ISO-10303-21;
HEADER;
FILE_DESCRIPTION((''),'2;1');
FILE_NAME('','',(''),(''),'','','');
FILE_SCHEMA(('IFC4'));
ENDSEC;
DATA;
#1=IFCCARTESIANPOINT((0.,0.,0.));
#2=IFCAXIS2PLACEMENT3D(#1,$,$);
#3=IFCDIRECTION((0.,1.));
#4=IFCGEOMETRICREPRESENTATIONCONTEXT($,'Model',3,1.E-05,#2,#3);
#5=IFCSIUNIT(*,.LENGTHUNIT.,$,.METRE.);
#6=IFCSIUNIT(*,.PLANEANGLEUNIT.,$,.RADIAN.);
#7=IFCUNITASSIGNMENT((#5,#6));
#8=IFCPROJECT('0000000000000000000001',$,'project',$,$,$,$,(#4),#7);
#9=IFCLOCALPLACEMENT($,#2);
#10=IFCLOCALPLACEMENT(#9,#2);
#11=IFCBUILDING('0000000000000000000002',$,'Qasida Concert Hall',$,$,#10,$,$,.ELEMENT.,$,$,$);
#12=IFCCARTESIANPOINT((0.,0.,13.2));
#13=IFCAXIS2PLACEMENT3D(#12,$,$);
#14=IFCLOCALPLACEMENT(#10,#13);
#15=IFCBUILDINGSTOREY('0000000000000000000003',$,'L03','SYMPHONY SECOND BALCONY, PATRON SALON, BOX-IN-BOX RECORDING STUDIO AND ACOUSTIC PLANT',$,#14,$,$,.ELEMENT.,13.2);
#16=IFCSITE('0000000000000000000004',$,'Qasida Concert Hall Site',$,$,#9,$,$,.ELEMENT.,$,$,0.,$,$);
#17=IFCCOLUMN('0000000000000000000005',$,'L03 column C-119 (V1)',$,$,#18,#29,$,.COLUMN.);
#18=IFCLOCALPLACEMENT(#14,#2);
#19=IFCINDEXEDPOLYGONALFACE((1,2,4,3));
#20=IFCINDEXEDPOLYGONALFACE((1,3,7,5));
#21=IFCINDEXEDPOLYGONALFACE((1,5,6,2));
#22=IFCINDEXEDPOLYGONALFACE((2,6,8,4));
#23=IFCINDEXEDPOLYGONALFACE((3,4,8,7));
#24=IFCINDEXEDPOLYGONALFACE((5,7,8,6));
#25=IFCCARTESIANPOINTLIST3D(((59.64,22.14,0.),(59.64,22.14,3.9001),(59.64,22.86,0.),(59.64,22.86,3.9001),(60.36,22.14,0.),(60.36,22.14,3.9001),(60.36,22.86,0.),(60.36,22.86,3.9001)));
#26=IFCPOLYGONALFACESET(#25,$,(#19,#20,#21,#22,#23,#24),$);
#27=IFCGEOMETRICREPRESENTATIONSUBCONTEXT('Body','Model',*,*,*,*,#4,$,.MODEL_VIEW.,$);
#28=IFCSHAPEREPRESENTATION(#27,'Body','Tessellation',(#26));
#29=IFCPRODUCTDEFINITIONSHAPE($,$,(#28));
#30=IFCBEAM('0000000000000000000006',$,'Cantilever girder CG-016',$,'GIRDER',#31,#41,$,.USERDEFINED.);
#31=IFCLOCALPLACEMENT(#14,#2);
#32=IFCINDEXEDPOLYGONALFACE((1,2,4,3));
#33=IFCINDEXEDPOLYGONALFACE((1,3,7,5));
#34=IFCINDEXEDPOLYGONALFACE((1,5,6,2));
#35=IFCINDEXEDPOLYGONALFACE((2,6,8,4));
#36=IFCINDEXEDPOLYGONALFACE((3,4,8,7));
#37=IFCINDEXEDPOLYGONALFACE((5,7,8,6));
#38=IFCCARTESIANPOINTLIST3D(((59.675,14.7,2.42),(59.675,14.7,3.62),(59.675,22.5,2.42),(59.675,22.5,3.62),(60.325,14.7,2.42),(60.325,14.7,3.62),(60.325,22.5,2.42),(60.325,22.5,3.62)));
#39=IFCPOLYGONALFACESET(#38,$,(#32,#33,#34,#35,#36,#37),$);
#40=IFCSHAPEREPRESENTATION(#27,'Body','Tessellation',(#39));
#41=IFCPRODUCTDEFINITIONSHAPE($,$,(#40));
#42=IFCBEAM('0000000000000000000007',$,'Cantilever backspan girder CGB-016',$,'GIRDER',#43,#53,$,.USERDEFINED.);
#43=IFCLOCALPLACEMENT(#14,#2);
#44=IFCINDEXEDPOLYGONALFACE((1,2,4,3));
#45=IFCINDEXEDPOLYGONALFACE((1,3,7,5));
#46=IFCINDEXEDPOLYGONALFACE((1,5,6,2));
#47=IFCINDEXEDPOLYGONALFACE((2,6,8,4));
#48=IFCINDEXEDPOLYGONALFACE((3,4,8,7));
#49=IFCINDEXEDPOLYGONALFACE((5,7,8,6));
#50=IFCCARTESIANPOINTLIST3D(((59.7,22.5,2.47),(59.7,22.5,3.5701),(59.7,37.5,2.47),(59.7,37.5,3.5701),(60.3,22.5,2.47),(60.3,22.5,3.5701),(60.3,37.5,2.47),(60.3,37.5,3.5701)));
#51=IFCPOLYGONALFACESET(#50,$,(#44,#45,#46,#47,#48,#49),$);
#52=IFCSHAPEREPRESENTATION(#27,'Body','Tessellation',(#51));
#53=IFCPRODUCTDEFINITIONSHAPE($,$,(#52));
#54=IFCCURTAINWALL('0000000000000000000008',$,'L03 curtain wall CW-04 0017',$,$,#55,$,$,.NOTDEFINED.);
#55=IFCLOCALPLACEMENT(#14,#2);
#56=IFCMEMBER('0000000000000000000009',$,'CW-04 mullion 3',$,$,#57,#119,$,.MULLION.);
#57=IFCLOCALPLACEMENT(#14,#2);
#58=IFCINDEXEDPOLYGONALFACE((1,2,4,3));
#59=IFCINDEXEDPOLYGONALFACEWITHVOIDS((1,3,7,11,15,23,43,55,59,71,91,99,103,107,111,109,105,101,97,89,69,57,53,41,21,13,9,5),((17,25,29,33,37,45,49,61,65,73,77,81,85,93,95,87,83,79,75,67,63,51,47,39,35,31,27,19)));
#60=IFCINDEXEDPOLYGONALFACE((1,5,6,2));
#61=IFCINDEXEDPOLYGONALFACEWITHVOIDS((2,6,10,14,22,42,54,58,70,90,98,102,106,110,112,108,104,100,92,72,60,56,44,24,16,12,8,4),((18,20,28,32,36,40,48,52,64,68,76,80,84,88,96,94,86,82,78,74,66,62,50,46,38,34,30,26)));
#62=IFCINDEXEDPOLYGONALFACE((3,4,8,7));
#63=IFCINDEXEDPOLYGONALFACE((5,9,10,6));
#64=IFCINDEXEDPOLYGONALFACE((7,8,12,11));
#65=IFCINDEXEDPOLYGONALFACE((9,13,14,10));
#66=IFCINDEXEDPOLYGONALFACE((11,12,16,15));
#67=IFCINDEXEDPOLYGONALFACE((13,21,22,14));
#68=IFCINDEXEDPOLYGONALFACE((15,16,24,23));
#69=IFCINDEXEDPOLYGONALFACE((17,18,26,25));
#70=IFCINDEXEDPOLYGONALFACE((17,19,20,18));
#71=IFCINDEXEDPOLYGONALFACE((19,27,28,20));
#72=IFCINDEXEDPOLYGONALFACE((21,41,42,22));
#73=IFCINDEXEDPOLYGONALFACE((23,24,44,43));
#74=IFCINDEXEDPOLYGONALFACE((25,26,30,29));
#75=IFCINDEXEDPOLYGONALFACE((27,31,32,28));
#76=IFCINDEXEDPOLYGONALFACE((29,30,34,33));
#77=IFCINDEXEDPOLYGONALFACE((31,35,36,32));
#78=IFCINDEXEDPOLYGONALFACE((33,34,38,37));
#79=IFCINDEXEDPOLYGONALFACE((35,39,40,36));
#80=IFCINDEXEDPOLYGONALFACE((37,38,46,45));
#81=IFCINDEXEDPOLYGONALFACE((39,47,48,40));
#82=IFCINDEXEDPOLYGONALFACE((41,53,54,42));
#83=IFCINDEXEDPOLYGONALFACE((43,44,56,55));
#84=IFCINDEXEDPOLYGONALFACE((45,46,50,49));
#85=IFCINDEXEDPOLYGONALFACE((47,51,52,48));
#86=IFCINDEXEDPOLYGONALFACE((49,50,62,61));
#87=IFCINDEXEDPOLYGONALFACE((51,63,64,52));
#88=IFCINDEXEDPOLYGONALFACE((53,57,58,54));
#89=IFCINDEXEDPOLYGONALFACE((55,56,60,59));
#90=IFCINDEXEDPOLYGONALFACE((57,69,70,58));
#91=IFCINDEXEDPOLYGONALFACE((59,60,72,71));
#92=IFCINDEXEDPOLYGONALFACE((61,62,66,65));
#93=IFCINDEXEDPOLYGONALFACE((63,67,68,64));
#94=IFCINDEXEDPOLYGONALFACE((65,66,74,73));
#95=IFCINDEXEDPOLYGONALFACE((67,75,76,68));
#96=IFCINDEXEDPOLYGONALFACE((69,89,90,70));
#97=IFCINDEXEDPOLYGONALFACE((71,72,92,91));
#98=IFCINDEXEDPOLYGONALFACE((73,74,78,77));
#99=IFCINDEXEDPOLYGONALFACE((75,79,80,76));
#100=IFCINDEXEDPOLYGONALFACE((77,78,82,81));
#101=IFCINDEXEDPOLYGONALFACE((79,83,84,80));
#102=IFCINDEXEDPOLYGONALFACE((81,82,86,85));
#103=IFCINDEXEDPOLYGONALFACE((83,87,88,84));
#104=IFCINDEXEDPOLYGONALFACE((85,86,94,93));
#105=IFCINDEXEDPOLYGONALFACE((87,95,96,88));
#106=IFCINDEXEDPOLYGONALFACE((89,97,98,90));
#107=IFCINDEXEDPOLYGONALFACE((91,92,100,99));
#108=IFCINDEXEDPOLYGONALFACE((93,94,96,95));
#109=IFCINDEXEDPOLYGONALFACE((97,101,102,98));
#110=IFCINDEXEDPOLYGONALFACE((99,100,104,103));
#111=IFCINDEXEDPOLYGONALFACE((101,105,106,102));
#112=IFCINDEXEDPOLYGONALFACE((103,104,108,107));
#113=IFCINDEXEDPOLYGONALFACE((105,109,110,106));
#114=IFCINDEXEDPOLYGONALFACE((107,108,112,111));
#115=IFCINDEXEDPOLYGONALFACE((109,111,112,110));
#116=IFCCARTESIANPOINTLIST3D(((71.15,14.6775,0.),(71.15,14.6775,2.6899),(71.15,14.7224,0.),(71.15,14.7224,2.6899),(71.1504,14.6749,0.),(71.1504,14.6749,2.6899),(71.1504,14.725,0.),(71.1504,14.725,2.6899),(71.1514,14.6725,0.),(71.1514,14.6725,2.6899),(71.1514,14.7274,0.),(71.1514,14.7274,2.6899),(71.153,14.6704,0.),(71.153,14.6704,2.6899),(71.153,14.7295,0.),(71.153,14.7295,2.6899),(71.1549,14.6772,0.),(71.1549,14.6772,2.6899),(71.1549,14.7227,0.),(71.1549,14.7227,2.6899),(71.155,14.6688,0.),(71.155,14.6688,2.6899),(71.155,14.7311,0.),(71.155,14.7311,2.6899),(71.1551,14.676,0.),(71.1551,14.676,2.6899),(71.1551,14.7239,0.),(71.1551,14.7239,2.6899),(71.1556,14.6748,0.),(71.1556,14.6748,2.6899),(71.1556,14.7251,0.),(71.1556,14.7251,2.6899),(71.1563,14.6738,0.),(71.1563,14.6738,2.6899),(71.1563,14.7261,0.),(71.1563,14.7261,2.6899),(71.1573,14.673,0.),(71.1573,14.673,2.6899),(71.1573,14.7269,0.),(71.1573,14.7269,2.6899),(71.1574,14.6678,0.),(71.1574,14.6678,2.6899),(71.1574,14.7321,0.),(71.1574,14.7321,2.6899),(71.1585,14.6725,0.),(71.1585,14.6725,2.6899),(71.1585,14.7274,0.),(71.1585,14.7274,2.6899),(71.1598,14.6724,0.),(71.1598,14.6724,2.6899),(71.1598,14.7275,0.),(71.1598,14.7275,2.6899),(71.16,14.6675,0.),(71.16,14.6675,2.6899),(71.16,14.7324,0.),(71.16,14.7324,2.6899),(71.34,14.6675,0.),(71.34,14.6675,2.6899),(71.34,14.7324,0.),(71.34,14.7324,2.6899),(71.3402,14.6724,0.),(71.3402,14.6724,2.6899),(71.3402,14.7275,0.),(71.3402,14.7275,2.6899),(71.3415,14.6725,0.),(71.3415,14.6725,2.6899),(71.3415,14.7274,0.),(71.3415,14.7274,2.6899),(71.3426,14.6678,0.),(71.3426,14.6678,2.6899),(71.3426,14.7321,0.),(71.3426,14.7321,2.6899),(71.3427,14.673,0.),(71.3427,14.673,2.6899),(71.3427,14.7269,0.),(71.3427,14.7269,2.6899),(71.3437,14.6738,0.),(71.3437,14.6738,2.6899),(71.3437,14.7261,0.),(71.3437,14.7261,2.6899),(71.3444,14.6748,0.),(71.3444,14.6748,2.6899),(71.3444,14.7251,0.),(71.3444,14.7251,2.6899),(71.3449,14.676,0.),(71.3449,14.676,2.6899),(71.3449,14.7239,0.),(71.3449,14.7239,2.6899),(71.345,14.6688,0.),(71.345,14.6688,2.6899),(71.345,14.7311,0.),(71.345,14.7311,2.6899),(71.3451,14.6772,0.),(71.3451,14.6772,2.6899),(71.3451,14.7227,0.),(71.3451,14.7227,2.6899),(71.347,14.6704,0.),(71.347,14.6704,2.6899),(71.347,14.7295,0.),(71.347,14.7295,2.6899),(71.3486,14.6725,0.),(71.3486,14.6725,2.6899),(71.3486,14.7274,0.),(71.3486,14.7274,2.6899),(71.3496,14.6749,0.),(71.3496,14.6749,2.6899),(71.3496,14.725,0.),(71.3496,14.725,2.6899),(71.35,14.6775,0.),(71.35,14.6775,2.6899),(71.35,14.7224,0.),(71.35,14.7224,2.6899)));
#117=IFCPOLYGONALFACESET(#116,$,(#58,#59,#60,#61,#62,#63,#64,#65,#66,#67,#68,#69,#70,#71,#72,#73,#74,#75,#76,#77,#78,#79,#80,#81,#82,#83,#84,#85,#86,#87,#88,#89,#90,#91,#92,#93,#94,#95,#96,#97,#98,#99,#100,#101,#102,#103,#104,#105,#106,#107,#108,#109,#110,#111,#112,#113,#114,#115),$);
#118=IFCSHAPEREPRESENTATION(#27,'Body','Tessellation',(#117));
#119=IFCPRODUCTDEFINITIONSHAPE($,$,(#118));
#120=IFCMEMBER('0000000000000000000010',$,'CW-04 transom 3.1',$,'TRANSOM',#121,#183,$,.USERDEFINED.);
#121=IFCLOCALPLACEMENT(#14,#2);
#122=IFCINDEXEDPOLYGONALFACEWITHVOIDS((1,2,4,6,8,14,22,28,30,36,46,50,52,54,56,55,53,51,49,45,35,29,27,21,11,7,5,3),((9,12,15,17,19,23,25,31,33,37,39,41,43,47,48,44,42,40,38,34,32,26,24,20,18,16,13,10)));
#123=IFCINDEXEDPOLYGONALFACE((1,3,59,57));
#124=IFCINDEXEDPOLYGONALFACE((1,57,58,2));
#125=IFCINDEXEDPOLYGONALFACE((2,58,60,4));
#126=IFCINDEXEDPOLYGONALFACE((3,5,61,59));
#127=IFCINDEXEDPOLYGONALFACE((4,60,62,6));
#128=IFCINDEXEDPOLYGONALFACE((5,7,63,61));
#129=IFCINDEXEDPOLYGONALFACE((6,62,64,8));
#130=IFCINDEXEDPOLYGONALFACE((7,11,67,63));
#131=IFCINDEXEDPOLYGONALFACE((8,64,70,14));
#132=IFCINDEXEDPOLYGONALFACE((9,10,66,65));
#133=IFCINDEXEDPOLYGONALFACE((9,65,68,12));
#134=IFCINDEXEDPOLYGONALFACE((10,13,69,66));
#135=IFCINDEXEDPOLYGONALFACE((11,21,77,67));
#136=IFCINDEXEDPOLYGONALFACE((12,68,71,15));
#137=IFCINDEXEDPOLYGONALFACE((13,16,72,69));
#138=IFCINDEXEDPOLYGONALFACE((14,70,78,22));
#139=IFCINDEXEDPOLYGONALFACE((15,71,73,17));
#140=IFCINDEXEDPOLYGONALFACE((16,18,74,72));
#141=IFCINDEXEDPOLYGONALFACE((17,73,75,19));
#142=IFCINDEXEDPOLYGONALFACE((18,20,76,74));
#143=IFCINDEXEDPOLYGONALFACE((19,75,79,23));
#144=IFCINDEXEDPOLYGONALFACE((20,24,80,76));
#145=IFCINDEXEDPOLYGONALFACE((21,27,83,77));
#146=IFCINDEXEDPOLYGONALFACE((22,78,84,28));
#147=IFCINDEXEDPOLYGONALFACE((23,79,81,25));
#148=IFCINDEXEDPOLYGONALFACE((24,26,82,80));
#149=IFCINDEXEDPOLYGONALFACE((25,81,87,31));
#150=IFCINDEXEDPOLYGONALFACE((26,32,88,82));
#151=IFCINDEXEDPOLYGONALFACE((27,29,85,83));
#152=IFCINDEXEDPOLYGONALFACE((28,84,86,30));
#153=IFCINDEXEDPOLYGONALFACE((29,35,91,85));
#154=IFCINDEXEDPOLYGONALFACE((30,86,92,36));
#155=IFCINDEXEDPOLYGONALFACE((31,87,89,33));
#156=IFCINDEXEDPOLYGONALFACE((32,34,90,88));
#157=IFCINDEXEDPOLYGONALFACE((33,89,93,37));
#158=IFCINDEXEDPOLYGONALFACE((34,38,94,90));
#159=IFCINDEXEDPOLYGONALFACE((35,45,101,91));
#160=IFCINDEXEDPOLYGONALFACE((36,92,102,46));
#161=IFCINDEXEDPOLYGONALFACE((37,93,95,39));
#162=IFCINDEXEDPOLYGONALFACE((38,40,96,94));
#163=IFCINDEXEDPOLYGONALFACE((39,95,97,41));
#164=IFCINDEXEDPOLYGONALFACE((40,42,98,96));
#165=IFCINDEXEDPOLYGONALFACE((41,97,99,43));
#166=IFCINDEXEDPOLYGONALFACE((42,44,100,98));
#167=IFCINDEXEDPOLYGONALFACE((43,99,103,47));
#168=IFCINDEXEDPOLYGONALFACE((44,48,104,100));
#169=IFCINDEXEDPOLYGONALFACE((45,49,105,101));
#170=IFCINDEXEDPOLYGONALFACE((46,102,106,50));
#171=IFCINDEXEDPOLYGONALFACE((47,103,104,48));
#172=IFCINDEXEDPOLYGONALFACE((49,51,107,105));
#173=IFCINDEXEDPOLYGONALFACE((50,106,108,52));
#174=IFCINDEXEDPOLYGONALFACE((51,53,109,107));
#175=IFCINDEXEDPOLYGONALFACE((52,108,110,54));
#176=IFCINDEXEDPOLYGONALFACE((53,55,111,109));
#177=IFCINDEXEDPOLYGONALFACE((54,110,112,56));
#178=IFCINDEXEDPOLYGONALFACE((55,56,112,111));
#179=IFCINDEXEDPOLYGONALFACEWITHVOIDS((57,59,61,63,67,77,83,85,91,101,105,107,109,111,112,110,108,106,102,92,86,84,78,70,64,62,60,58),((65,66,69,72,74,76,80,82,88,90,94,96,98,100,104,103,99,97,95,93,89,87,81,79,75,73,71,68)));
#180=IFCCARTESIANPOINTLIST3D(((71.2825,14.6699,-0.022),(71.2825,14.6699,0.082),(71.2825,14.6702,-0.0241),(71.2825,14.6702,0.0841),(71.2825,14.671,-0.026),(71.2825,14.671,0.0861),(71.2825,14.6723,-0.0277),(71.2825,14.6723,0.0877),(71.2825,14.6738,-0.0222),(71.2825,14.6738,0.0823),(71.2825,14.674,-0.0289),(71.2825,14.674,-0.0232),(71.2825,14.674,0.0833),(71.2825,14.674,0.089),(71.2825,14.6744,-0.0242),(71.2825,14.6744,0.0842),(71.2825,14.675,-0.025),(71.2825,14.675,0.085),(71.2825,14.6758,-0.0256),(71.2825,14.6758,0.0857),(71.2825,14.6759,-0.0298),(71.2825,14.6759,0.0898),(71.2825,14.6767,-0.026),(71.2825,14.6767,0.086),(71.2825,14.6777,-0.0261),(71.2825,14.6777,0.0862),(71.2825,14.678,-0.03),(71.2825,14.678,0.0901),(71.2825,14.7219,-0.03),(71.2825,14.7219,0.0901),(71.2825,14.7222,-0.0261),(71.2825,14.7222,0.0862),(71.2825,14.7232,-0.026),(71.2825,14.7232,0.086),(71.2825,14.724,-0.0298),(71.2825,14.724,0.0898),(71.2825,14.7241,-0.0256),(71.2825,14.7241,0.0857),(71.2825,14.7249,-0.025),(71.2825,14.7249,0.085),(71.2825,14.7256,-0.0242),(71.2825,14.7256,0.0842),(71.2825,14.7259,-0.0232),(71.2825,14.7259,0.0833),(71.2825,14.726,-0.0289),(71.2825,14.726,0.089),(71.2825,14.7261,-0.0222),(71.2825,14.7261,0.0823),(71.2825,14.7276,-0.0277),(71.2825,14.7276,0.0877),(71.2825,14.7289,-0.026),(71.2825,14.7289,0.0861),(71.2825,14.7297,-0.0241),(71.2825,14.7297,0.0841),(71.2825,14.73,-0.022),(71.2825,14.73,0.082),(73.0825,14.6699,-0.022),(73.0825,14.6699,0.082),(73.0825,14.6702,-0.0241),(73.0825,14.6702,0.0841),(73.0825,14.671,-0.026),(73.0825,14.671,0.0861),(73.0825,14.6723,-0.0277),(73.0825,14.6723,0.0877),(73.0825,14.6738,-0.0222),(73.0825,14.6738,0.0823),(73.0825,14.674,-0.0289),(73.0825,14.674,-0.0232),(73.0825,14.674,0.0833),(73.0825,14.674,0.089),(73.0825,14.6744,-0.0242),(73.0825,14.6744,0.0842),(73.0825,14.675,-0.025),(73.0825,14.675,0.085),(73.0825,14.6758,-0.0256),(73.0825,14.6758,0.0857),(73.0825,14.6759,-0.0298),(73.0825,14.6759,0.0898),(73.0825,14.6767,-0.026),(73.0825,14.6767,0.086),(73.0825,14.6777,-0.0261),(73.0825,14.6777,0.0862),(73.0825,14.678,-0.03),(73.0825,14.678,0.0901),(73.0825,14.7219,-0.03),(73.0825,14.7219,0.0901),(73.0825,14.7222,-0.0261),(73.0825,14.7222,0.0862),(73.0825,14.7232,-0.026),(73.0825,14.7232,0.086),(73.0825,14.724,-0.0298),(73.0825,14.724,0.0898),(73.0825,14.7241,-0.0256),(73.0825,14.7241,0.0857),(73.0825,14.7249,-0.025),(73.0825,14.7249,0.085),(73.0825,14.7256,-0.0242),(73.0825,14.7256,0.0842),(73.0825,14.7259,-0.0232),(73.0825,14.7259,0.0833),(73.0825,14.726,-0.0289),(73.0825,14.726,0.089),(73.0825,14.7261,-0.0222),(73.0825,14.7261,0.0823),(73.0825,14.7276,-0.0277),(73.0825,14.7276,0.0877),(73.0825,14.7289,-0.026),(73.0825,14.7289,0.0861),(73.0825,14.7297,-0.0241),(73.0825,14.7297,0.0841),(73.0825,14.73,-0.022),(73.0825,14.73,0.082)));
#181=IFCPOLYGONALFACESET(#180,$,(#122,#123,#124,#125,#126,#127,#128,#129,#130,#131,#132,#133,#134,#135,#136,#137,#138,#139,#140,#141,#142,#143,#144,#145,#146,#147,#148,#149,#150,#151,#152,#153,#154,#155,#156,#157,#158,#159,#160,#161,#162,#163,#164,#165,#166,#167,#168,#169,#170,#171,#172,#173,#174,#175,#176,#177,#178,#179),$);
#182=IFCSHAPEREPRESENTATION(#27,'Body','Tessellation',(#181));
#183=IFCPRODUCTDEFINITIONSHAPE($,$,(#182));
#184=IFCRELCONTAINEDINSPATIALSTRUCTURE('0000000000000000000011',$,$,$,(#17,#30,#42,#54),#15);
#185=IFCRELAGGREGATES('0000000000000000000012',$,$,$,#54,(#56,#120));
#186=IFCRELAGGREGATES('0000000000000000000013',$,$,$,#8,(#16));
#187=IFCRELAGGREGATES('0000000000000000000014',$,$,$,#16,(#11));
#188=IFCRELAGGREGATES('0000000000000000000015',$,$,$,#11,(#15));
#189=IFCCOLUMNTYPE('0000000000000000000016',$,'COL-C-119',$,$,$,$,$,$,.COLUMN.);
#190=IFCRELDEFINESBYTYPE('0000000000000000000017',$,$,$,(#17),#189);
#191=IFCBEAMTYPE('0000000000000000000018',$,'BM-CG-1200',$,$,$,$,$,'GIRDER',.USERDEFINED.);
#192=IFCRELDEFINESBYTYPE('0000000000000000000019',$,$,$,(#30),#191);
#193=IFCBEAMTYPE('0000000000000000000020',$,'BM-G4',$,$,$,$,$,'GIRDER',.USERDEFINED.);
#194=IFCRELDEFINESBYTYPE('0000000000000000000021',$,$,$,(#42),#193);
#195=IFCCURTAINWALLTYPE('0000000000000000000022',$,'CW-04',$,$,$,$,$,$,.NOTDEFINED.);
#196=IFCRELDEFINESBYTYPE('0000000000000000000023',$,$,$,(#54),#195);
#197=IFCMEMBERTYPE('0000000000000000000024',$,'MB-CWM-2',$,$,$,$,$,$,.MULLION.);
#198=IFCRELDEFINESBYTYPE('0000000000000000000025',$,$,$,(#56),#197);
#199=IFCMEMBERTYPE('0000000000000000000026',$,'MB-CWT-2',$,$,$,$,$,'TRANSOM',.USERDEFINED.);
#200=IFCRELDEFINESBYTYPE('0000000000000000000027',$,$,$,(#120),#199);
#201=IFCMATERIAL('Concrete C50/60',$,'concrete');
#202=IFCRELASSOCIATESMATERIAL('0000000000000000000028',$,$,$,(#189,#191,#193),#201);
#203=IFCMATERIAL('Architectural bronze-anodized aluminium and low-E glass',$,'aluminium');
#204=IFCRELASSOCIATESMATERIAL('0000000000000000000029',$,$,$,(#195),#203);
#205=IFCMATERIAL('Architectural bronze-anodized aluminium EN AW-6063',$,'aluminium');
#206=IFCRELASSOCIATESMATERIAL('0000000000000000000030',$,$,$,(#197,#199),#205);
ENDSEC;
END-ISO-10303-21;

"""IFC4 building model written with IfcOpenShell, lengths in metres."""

from ifc_helpers import new_model, si_unit, direction, frame, origin, origin_2d, place, context, subcontext, project, spatial, rectangle, hollow_rectangle, extrude, material, material_profile, profile_set, type_object, element, aggregate, save


model = new_model("IFC4")

# Units and contexts
model_context = context("Model", 3, precision=1e-05, world=origin(), true_north=direction((0.0, 1.0)))
body_context = subcontext(model_context, "Body", "Model", "MODEL_VIEW")
ifc_project = project(units=[si_unit("LENGTHUNIT", "METRE"), si_unit("PLANEANGLEUNIT", "RADIAN")], contexts=[model_context])

# Site, building, storey
site_placement = place(None, origin())
site = spatial("IfcSite", under=ifc_project, at=site_placement, Name="Qasida Concert Hall Site", CompositionType="ELEMENT", RefElevation=0.0)
building_placement = place(site_placement, origin())
building = spatial("IfcBuilding", under=site, at=building_placement, Name="Qasida Concert Hall", CompositionType="ELEMENT")
storey_placement = place(building_placement, frame((0.0, 0.0, 13.2)))
storey = spatial("IfcBuildingStorey", under=building, at=storey_placement, Name="L03", Description="SYMPHONY SECOND BALCONY, PATRON SALON, BOX-IN-BOX RECORDING STUDIO AND ACOUSTIC PLANT", CompositionType="ELEMENT", Elevation=13.2)

# Column
ifc_material_1 = material(Name="Concrete C50/60", Category="concrete")
ifc_material_profile_1 = material_profile(ifc_material_1, rectangle(XDim=0.72, YDim=0.72, at=origin_2d()), Name="RC 720x720")
ifc_profile_set_1 = profile_set([ifc_material_profile_1], Name="Concrete C50/60")
column_type = type_object("IfcColumnType", Name="COL-C-119", PredefinedType="COLUMN", material=ifc_profile_set_1)
column_placement = place(storey_placement, frame((60.0, 22.5, 0.0), z_axis=(0.0, 0.0, 1.0), x_axis=(1.0, 0.0, 0.0)))
element("IfcColumn", 1, at=column_placement, inside=storey, type_object=column_type, Name="L03 column C-119 (V1)", PredefinedType="COLUMN", context=body_context, shape_type="SweptSolid", body=[
    extrude(rectangle(XDim=0.72, YDim=0.72, at=origin_2d()), origin(), (0.0, 0.0, 1.0), 3.9001),
])

# Beams
ifc_material_profile_2 = material_profile(ifc_material_1, rectangle(XDim=0.6499, YDim=1.2, at=origin_2d()), Name="RC 650x1200")
ifc_profile_set_2 = profile_set([ifc_material_profile_2], Name="Concrete C50/60")
beam_type_1 = type_object("IfcBeamType", Name="BM-CG-1200", ElementType="GIRDER", PredefinedType="USERDEFINED", material=ifc_profile_set_2)
beam_1_placement = place(storey_placement, frame((60.0, 22.5, 3.02), z_axis=(0.0, -1.0, 0.0), x_axis=(1.0, 0.0, 0.0)))
element("IfcBeam", 2, at=beam_1_placement, inside=storey, type_object=beam_type_1, Name="Cantilever girder CG-016", ObjectType="GIRDER", PredefinedType="USERDEFINED", context=body_context, shape_type="SweptSolid", body=[
    extrude(rectangle(XDim=0.6499, YDim=1.2, at=origin_2d()), origin(), (0.0, 0.0, 1.0), 7.8),
])
ifc_material_profile_3 = material_profile(ifc_material_1, rectangle(XDim=0.6001, YDim=1.1001, at=origin_2d()), Name="RC 600x1100")
ifc_profile_set_3 = profile_set([ifc_material_profile_3], Name="Concrete C50/60")
beam_type_2 = type_object("IfcBeamType", Name="BM-G4", ElementType="GIRDER", PredefinedType="USERDEFINED", material=ifc_profile_set_3)
beam_2_placement = place(storey_placement, frame((60.0, 22.5, 3.02), z_axis=(0.0, 1.0, 0.0), x_axis=(-1.0, 0.0, 0.0)))
element("IfcBeam", 3, at=beam_2_placement, inside=storey, type_object=beam_type_2, Name="Cantilever backspan girder CGB-016", ObjectType="GIRDER", PredefinedType="USERDEFINED", context=body_context, shape_type="SweptSolid", body=[
    extrude(rectangle(XDim=0.6001, YDim=1.1001, at=origin_2d()), origin(), (0.0, 0.0, 1.0), 15.0),
])

# Curtain wall, members
ifc_material_2 = material(Name="Architectural bronze-anodized aluminium and low-E glass", Category="aluminium")
curtain_wall_type = type_object("IfcCurtainWallType", Name="CW-04", PredefinedType="NOTDEFINED", material=ifc_material_2)
curtain_wall_placement = place(storey_placement, origin())
curtain_wall = element("IfcCurtainWall", 4, at=curtain_wall_placement, inside=storey, type_object=curtain_wall_type, Name="L03 curtain wall CW-04 0017", PredefinedType="NOTDEFINED")
ifc_material_3 = material(Name="Architectural bronze-anodized aluminium EN AW-6063", Category="aluminium")
ifc_material_profile_4 = material_profile(ifc_material_3, hollow_rectangle(XDim=0.0649, YDim=0.2, WallThickness=0.0049, InnerFilletRadius=0.0049, OuterFilletRadius=0.01, at=origin_2d()), Name="CWM 200x65x5")
ifc_profile_set_4 = profile_set([ifc_material_profile_4], Name="Architectural bronze-anodized aluminium EN AW-6063")
member_type_1 = type_object("IfcMemberType", Name="MB-CWM-2", PredefinedType="MULLION", material=ifc_profile_set_4)
member_1_placement = place(storey_placement, frame((71.25, 14.7, 0.0), z_axis=(0.0, 0.0, 1.0), x_axis=(0.0, 1.0, 0.0)))
member_1 = element("IfcMember", 5, at=member_1_placement, type_object=member_type_1, Name="CW-04 mullion 3", PredefinedType="MULLION", context=body_context, shape_type="SweptSolid", body=[
    extrude(hollow_rectangle(XDim=0.0649, YDim=0.2, WallThickness=0.0049, InnerFilletRadius=0.0049, OuterFilletRadius=0.01, at=origin_2d()), origin(), (0.0, 0.0, 1.0), 2.6899),
])
ifc_material_profile_5 = material_profile(ifc_material_3, hollow_rectangle(XDim=0.0601, YDim=0.1201, WallThickness=0.0039, InnerFilletRadius=0.0039, OuterFilletRadius=0.0081, at=origin_2d()), Name="CWT 120x60x4")
ifc_profile_set_5 = profile_set([ifc_material_profile_5], Name="Architectural bronze-anodized aluminium EN AW-6063")
member_type_2 = type_object("IfcMemberType", Name="MB-CWT-2", ElementType="TRANSOM", PredefinedType="USERDEFINED", material=ifc_profile_set_5)
member_2_placement = place(storey_placement, frame((71.2825, 14.7, 0.03), z_axis=(1.0, 0.0, 0.0), x_axis=(0.0, 1.0, 0.0)))
member_2 = element("IfcMember", 6, at=member_2_placement, type_object=member_type_2, Name="CW-04 transom 3.1", ObjectType="TRANSOM", PredefinedType="USERDEFINED", context=body_context, shape_type="SweptSolid", body=[
    extrude(hollow_rectangle(XDim=0.0601, YDim=0.1201, WallThickness=0.0039, InnerFilletRadius=0.0039, OuterFilletRadius=0.0081, at=origin_2d()), origin(), (0.0, 0.0, 1.0), 1.8),
])
aggregate(curtain_wall, [member_1, member_2])

save(model, "model.ifc")
